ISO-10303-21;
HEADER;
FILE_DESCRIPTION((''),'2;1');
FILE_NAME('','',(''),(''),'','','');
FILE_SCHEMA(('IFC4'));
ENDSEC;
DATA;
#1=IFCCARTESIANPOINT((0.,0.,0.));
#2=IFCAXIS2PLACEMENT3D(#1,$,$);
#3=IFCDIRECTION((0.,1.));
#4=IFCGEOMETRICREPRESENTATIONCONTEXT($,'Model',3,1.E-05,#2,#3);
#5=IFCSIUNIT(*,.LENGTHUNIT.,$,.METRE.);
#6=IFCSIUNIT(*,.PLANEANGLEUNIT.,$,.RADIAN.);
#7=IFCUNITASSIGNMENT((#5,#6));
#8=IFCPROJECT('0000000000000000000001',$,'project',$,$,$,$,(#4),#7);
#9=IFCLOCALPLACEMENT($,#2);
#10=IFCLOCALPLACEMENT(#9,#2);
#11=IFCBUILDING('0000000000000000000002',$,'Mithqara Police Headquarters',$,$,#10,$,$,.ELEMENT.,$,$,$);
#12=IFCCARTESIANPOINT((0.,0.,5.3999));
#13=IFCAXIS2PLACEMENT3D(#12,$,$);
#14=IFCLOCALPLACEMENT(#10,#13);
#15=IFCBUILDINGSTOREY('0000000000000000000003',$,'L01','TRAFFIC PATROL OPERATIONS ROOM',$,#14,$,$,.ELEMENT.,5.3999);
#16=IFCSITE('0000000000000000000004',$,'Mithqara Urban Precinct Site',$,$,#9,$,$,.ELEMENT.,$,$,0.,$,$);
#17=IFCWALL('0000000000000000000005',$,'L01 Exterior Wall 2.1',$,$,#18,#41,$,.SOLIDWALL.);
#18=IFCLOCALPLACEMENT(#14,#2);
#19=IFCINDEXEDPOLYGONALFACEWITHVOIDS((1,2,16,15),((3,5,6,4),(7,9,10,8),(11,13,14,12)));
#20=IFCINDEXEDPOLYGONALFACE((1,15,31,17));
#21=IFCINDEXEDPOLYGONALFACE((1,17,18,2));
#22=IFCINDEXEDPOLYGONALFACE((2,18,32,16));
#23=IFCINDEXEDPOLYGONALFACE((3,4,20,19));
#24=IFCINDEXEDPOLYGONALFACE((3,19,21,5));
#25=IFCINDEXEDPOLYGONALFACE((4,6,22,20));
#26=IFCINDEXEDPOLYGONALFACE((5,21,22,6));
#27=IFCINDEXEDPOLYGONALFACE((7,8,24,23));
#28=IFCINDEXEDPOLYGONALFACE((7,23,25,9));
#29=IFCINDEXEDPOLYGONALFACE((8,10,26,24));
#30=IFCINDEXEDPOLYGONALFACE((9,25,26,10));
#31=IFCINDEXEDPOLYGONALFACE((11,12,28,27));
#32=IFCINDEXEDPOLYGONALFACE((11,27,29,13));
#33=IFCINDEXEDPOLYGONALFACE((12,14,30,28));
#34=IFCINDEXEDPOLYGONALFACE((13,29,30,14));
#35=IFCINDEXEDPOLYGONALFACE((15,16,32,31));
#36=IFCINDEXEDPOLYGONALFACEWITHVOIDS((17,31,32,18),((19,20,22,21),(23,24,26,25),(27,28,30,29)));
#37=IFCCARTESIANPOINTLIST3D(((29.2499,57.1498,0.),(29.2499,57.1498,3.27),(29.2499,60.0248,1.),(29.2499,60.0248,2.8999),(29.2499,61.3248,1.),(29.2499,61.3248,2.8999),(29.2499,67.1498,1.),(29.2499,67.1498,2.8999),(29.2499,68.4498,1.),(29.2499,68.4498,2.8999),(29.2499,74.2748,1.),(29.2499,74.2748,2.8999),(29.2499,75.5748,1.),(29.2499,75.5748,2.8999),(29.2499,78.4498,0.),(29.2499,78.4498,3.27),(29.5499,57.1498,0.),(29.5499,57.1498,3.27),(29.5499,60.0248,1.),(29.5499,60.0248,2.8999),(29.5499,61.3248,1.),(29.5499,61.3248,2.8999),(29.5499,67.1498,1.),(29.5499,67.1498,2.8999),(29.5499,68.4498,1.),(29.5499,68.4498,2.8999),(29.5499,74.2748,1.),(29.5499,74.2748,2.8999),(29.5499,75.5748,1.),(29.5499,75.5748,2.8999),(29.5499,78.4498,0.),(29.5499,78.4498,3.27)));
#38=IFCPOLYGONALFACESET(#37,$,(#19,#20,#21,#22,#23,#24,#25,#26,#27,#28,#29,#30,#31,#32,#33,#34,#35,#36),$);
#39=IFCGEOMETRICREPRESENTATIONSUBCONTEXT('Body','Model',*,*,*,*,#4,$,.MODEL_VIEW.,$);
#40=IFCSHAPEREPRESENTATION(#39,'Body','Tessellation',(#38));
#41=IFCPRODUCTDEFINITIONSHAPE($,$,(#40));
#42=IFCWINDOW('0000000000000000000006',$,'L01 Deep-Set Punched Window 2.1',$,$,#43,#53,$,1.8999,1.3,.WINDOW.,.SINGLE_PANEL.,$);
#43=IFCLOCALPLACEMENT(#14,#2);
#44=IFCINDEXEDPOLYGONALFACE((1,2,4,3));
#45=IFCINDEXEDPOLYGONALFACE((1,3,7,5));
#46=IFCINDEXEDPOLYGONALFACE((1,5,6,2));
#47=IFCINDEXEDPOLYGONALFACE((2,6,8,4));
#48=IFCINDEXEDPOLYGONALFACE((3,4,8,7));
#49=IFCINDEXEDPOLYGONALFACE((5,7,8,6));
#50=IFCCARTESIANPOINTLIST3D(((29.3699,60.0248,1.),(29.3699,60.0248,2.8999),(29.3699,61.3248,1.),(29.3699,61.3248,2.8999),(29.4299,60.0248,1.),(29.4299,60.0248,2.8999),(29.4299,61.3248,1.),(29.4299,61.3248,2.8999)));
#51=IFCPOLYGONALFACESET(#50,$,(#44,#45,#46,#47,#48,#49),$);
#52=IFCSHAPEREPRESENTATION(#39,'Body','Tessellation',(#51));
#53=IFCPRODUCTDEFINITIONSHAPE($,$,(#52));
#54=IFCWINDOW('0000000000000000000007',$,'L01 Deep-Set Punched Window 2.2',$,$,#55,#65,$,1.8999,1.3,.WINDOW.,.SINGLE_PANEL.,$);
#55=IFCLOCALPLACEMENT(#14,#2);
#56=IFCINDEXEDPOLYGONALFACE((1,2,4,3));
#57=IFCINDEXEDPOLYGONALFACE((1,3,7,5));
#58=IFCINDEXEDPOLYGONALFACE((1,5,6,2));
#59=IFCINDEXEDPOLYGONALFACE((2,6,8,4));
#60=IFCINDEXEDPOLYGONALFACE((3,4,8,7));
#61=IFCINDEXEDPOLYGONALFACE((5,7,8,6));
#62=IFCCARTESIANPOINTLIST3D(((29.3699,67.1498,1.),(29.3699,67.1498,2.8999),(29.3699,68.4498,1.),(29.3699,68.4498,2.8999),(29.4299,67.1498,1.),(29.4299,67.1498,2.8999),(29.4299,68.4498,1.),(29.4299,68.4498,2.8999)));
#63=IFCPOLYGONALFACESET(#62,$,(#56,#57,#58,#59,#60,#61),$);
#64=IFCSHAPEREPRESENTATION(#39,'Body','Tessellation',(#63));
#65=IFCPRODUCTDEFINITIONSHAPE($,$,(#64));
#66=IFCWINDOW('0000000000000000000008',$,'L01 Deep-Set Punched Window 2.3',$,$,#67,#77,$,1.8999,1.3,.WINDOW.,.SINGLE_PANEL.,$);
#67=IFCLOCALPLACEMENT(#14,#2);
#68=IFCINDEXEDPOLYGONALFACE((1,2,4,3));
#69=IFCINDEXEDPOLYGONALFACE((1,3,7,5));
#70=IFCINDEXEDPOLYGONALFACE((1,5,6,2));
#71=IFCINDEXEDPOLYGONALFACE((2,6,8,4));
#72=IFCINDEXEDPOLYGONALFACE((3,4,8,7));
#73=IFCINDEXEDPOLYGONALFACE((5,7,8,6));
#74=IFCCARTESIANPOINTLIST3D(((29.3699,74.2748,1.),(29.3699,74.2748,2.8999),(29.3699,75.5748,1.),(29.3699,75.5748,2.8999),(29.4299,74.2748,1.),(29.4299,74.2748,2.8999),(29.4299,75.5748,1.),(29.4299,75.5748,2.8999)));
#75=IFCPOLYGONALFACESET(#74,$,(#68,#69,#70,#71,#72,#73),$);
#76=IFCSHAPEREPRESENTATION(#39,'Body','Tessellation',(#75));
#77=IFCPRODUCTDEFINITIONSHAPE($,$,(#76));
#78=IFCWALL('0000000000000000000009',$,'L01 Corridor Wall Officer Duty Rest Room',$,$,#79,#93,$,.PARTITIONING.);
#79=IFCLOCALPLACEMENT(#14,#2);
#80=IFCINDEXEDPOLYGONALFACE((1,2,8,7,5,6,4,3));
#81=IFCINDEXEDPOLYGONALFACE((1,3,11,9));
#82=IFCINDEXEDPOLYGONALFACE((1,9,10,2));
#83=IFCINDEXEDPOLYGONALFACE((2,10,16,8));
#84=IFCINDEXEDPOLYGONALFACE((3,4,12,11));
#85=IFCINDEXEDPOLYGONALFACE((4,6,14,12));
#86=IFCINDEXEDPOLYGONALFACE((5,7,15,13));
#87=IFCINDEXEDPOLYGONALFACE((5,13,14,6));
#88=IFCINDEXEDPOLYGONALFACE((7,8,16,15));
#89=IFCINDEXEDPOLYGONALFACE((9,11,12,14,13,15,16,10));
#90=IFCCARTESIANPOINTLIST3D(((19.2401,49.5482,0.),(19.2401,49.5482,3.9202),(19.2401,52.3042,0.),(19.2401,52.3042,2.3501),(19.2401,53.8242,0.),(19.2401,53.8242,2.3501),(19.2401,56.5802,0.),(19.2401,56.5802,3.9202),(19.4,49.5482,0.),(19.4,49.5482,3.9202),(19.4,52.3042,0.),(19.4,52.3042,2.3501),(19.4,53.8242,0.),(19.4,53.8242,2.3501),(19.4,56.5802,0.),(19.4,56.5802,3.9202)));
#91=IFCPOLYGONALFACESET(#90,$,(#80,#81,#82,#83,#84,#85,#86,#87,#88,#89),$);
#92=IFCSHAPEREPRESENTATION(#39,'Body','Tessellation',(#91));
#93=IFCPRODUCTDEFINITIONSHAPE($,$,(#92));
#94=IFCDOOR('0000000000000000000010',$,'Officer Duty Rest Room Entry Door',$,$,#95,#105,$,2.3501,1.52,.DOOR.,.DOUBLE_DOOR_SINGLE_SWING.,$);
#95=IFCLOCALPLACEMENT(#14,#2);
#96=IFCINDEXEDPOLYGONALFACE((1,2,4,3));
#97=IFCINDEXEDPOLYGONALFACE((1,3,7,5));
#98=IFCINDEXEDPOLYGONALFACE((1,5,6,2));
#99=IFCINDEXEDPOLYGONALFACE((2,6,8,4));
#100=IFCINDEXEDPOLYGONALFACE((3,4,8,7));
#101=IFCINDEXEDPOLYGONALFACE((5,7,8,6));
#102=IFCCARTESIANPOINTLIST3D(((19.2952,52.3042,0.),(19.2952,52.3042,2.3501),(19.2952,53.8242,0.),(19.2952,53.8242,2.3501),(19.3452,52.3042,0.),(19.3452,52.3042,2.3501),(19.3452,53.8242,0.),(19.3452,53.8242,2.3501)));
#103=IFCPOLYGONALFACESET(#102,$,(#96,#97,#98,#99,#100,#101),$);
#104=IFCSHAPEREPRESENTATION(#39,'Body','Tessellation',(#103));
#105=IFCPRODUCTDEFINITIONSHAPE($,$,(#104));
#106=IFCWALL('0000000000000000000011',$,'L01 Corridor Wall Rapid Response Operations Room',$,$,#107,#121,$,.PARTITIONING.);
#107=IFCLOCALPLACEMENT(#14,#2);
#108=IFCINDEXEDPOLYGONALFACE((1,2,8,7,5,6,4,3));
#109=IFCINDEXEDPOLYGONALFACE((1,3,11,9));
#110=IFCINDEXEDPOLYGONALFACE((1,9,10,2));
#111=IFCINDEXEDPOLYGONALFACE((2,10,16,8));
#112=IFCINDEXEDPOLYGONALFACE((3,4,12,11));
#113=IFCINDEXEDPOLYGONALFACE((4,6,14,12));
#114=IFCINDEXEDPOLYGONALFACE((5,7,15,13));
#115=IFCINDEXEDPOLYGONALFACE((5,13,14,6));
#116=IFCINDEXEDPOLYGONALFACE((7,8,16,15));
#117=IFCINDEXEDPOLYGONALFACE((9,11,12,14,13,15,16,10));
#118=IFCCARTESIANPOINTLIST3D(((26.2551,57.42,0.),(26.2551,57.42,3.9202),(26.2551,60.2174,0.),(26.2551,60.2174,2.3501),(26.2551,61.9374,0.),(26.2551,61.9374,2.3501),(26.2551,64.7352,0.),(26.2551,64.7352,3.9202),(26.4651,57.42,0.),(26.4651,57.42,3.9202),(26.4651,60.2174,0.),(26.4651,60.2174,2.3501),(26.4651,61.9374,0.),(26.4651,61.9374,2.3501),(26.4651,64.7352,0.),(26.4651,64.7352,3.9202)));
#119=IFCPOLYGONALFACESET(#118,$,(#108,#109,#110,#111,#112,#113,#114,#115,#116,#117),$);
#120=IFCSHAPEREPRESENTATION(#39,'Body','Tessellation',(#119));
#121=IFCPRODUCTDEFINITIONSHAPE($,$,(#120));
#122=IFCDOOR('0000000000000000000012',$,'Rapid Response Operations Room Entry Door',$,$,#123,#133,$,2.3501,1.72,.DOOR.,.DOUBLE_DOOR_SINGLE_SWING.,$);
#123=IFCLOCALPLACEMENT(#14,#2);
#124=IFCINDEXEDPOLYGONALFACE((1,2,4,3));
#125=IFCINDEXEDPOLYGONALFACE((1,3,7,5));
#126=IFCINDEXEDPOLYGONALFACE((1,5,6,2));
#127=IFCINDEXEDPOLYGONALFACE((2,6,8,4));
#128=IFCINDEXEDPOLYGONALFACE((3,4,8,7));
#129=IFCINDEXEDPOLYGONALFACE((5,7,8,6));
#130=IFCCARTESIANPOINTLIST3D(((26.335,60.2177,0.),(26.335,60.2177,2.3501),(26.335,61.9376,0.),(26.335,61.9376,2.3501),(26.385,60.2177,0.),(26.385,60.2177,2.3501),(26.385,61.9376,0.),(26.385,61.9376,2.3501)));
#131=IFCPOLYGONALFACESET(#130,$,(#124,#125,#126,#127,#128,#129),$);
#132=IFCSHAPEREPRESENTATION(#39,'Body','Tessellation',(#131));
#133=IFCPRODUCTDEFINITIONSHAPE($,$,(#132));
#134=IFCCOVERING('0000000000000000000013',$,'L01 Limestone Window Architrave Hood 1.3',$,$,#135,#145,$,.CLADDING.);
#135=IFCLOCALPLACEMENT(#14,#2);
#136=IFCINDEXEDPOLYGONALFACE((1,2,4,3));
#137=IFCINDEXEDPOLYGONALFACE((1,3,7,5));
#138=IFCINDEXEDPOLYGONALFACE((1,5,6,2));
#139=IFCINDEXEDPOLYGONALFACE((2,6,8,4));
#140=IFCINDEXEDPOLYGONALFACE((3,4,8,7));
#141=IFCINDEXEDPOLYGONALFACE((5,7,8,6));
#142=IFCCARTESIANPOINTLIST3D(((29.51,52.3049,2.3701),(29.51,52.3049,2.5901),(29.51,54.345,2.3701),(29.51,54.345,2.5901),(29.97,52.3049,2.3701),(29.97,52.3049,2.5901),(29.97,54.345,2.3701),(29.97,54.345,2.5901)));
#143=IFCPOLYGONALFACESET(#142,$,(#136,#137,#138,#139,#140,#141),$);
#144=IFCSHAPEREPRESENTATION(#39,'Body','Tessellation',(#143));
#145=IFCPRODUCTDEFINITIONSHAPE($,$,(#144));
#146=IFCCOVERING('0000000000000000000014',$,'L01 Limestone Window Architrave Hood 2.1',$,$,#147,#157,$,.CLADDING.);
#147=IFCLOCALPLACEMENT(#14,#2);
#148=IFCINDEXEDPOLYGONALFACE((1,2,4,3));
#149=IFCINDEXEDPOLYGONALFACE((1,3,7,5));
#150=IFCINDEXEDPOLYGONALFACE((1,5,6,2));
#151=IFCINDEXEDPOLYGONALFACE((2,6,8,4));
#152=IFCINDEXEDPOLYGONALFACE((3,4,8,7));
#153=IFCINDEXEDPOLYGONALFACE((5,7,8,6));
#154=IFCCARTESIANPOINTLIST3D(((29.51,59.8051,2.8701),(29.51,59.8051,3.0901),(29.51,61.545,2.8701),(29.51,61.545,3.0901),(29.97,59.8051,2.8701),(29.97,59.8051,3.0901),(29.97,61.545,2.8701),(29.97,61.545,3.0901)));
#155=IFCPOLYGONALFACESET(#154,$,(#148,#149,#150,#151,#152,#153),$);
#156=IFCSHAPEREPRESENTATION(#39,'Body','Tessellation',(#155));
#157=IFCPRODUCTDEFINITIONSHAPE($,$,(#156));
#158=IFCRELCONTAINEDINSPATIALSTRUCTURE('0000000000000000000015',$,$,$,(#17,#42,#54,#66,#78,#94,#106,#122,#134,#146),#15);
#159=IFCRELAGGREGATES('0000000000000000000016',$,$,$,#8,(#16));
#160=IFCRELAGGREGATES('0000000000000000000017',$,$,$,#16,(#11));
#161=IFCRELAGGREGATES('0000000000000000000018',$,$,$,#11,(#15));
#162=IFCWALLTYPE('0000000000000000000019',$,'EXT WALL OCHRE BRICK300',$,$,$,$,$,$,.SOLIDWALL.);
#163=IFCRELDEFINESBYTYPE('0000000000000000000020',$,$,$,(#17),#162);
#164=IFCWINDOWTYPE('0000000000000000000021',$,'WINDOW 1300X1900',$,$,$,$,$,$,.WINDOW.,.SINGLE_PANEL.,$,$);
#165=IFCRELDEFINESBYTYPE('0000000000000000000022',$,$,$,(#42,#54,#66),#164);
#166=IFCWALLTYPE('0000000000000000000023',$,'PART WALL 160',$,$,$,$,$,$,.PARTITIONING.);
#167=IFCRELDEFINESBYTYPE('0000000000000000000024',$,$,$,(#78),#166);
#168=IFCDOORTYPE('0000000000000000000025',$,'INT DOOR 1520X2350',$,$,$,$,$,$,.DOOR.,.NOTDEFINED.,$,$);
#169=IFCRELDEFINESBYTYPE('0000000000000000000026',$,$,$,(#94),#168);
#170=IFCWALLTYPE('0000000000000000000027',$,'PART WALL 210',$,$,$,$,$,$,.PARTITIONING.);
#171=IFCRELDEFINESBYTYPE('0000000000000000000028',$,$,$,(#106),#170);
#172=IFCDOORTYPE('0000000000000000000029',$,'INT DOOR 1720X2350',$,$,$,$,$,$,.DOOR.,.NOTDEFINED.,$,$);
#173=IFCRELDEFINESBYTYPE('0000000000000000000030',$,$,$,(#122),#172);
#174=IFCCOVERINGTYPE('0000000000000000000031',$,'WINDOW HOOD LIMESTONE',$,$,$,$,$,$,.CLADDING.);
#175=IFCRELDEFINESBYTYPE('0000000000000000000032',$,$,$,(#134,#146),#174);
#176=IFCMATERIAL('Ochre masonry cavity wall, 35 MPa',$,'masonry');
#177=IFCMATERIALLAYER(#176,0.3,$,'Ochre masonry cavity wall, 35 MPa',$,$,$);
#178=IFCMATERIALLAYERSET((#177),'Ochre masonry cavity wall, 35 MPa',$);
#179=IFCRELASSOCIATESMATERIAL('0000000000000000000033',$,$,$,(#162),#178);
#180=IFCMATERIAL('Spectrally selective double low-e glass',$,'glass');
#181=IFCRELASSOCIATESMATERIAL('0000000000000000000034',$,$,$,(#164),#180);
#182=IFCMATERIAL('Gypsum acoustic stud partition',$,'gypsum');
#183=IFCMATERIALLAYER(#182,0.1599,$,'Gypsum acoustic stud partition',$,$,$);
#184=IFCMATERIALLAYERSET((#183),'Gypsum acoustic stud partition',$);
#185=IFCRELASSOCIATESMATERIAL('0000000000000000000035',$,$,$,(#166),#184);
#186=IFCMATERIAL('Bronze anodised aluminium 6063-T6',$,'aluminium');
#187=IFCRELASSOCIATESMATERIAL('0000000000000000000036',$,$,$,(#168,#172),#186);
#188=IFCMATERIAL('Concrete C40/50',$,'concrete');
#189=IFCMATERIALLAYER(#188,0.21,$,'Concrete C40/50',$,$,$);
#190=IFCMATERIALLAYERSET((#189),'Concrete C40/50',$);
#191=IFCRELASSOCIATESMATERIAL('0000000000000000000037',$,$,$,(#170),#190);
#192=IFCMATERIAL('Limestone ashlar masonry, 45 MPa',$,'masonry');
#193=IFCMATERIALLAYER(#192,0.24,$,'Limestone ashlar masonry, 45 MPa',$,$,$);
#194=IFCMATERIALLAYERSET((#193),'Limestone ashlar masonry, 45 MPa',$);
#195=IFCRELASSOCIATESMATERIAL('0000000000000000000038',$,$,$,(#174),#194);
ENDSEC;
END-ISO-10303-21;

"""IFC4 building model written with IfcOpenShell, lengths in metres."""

from ifc_helpers import new_model, si_unit, direction, frame, frame_2d, origin, origin_2d, place, context, subcontext, project, spatial, rectangle, extrude, material, layer, layer_set, type_object, element, fill, save


model = new_model("IFC4")

# Units and contexts
model_context = context("Model", 3, precision=1e-05, world=origin(), true_north=direction((0.0, 1.0)))
body_context = subcontext(model_context, "Body", "Model", "MODEL_VIEW")
ifc_project = project(units=[si_unit("LENGTHUNIT", "METRE"), si_unit("PLANEANGLEUNIT", "RADIAN")], contexts=[model_context])

# Site, building, storey
site_placement = place(None, origin())
site = spatial("IfcSite", under=ifc_project, at=site_placement, Name="Mithqara Urban Precinct Site", CompositionType="ELEMENT", RefElevation=0.0)
building_placement = place(site_placement, origin())
building = spatial("IfcBuilding", under=site, at=building_placement, Name="Mithqara Police Headquarters", CompositionType="ELEMENT")
storey_placement = place(building_placement, frame((0.0, 0.0, 5.3999)))
storey = spatial("IfcBuildingStorey", under=building, at=storey_placement, Name="L01", Description="TRAFFIC PATROL OPERATIONS ROOM", CompositionType="ELEMENT", Elevation=5.3999)

# Shared definitions
ifc_material_1 = material(Name="Concrete C40/50", Category="concrete")

# Wall, openings, windows
ifc_material_2 = material(Name="Ochre masonry cavity wall, 35 MPa", Category="masonry")
ifc_layer_1 = layer(ifc_material_2, 0.3, Name="Ochre masonry cavity wall, 35 MPa")
ifc_layer_set_1 = layer_set([ifc_layer_1], Name="Ochre masonry cavity wall, 35 MPa")
wall_type_1 = type_object("IfcWallType", Name="EXT WALL OCHRE BRICK300", PredefinedType="SOLIDWALL", material=ifc_layer_set_1)
wall_1_placement = place(storey_placement, frame((29.3999, 57.1499, 0.0), z_axis=(0.0, 0.0, 1.0), x_axis=(0.0, 1.0, 0.0)))
wall_1 = element("IfcWall", 1, at=wall_1_placement, inside=storey, type_object=wall_type_1, Name="L01 Exterior Wall 2.1", PredefinedType="SOLIDWALL", context=body_context, shape_type="SweptSolid", body=[
    extrude(rectangle(XDim=21.3, YDim=0.3, at=frame_2d((10.6499, 0.0))), origin(), (0.0, 0.0, 1.0), 3.27),
])
opening_1_placement = place(wall_1_placement, frame((2.875, 0.0, 1.0)))
opening_1 = element("IfcOpeningElement", 2, at=opening_1_placement, cuts=wall_1, PredefinedType="OPENING", context=body_context, shape_type="SweptSolid", body=[
    extrude(rectangle(XDim=1.3, YDim=1.8999, at=frame_2d((0.6499, 0.95))), frame((0.0, 0.1602, 0.0), z_axis=(0.0, -1.0, 0.0), x_axis=(1.0, 0.0, 0.0)), (0.0, 0.0, 1.0), 0.3201),
])
opening_2_placement = place(wall_1_placement, frame((10.0, 0.0, 1.0)))
opening_2 = element("IfcOpeningElement", 3, at=opening_2_placement, cuts=wall_1, PredefinedType="OPENING", context=body_context, shape_type="SweptSolid", body=[
    extrude(rectangle(XDim=1.3, YDim=1.8999, at=frame_2d((0.6499, 0.95))), frame((0.0, 0.1602, 0.0), z_axis=(0.0, -1.0, 0.0), x_axis=(1.0, 0.0, 0.0)), (0.0, 0.0, 1.0), 0.3201),
])
opening_3_placement = place(wall_1_placement, frame((17.125, 0.0, 1.0)))
opening_3 = element("IfcOpeningElement", 4, at=opening_3_placement, cuts=wall_1, PredefinedType="OPENING", context=body_context, shape_type="SweptSolid", body=[
    extrude(rectangle(XDim=1.3, YDim=1.8999, at=frame_2d((0.6499, 0.95))), frame((0.0, 0.1602, 0.0), z_axis=(0.0, -1.0, 0.0), x_axis=(1.0, 0.0, 0.0)), (0.0, 0.0, 1.0), 0.3201),
])
ifc_material_3 = material(Name="Spectrally selective double low-e glass", Category="glass")
window_type = type_object("IfcWindowType", Name="WINDOW 1300X1900", PartitioningType="SINGLE_PANEL", PredefinedType="WINDOW", material=ifc_material_3)
window_1_placement = place(opening_1_placement, origin())
window_1 = element("IfcWindow", 5, at=window_1_placement, inside=storey, type_object=window_type, Name="L01 Deep-Set Punched Window 2.1", OverallHeight=1.8999, OverallWidth=1.3, PartitioningType="SINGLE_PANEL", PredefinedType="WINDOW", context=body_context, shape_type="SweptSolid", body=[
    extrude(rectangle(XDim=1.3, YDim=1.8999, at=frame_2d((0.6499, 0.95))), frame((0.0, 0.03, 0.0), z_axis=(0.0, -1.0, 0.0), x_axis=(1.0, 0.0, 0.0)), (0.0, 0.0, 1.0), 0.0601),
])
fill(opening_1, window_1)
window_2_placement = place(opening_2_placement, origin())
window_2 = element("IfcWindow", 6, at=window_2_placement, inside=storey, type_object=window_type, Name="L01 Deep-Set Punched Window 2.2", OverallHeight=1.8999, OverallWidth=1.3, PartitioningType="SINGLE_PANEL", PredefinedType="WINDOW", context=body_context, shape_type="SweptSolid", body=[
    extrude(rectangle(XDim=1.3, YDim=1.8999, at=frame_2d((0.6499, 0.95))), frame((0.0, 0.03, 0.0), z_axis=(0.0, -1.0, 0.0), x_axis=(1.0, 0.0, 0.0)), (0.0, 0.0, 1.0), 0.0601),
])
fill(opening_2, window_2)
window_3_placement = place(opening_3_placement, origin())
window_3 = element("IfcWindow", 7, at=window_3_placement, inside=storey, type_object=window_type, Name="L01 Deep-Set Punched Window 2.3", OverallHeight=1.8999, OverallWidth=1.3, PartitioningType="SINGLE_PANEL", PredefinedType="WINDOW", context=body_context, shape_type="SweptSolid", body=[
    extrude(rectangle(XDim=1.3, YDim=1.8999, at=frame_2d((0.6499, 0.95))), frame((0.0, 0.03, 0.0), z_axis=(0.0, -1.0, 0.0), x_axis=(1.0, 0.0, 0.0)), (0.0, 0.0, 1.0), 0.0601),
])
fill(opening_3, window_3)

# Walls, openings, doors
ifc_material_4 = material(Name="Gypsum acoustic stud partition", Category="gypsum")
ifc_layer_2 = layer(ifc_material_4, 0.1599, Name="Gypsum acoustic stud partition")
ifc_layer_set_2 = layer_set([ifc_layer_2], Name="Gypsum acoustic stud partition")
wall_type_2 = type_object("IfcWallType", Name="PART WALL 160", PredefinedType="PARTITIONING", material=ifc_layer_set_2)
wall_2_placement = place(storey_placement, frame((19.3201, 49.5481, 0.0), z_axis=(0.0, 0.0, 1.0), x_axis=(0.0, 1.0, 0.0)))
wall_2 = element("IfcWall", 8, at=wall_2_placement, inside=storey, type_object=wall_type_2, Name="L01 Corridor Wall Officer Duty Rest Room", PredefinedType="PARTITIONING", context=body_context, shape_type="SweptSolid", body=[
    extrude(rectangle(XDim=7.032, YDim=0.1599, at=frame_2d((3.5161, 0.0))), origin(), (0.0, 0.0, 1.0), 3.9202),
])
opening_4_placement = place(wall_2_placement, frame((2.7561, 0.0, 0.0)))
opening_4 = element("IfcOpeningElement", 9, at=opening_4_placement, cuts=wall_2, PredefinedType="OPENING", context=body_context, shape_type="SweptSolid", body=[
    extrude(rectangle(XDim=1.52, YDim=2.3501, at=frame_2d((0.76, 1.175))), frame((0.0, 0.0898, 0.0), z_axis=(0.0, -1.0, 0.0), x_axis=(1.0, 0.0, 0.0)), (0.0, 0.0, 1.0), 0.1799),
])
ifc_material_5 = material(Name="Bronze anodised aluminium 6063-T6", Category="aluminium")
door_type_1 = type_object("IfcDoorType", Name="INT DOOR 1520X2350", OperationType="NOTDEFINED", PredefinedType="DOOR", material=ifc_material_5)
door_1_placement = place(opening_4_placement, origin())
door_1 = element("IfcDoor", 10, at=door_1_placement, inside=storey, type_object=door_type_1, Name="Officer Duty Rest Room Entry Door", OperationType="DOUBLE_DOOR_SINGLE_SWING", OverallHeight=2.3501, OverallWidth=1.52, PredefinedType="DOOR", context=body_context, shape_type="SweptSolid", body=[
    extrude(rectangle(XDim=1.52, YDim=2.3501, at=frame_2d((0.76, 1.175))), frame((0.0, 0.0249, 0.0), z_axis=(0.0, -1.0, 0.0), x_axis=(1.0, 0.0, 0.0)), (0.0, 0.0, 1.0), 0.05),
])
fill(opening_4, door_1)
ifc_layer_3 = layer(ifc_material_1, 0.21, Name="Concrete C40/50")
ifc_layer_set_3 = layer_set([ifc_layer_3], Name="Concrete C40/50")
wall_type_3 = type_object("IfcWallType", Name="PART WALL 210", PredefinedType="PARTITIONING", material=ifc_layer_set_3)
wall_3_placement = place(storey_placement, frame((26.3601, 57.4199, 0.0), z_axis=(0.0, 0.0, 1.0), x_axis=(0.0, 1.0, 0.0)))
wall_3 = element("IfcWall", 11, at=wall_3_placement, inside=storey, type_object=wall_type_3, Name="L01 Corridor Wall Rapid Response Operations Room", PredefinedType="PARTITIONING", context=body_context, shape_type="SweptSolid", body=[
    extrude(rectangle(XDim=7.3152, YDim=0.21, at=frame_2d((3.6577, 0.0))), origin(), (0.0, 0.0, 1.0), 3.9202),
])
opening_5_placement = place(wall_3_placement, frame((2.7976, 0.0, 0.0)))
opening_5 = element("IfcOpeningElement", 12, at=opening_5_placement, cuts=wall_3, PredefinedType="OPENING", context=body_context, shape_type="SweptSolid", body=[
    extrude(rectangle(XDim=1.72, YDim=2.3501, at=frame_2d((0.8599, 1.175))), frame((0.0, 0.115, 0.0), z_axis=(0.0, -1.0, 0.0), x_axis=(1.0, 0.0, 0.0)), (0.0, 0.0, 1.0), 0.23),
])
door_type_2 = type_object("IfcDoorType", Name="INT DOOR 1720X2350", OperationType="NOTDEFINED", PredefinedType="DOOR", material=ifc_material_5)
door_2_placement = place(opening_5_placement, frame((1.72, 0.0, 0.0), z_axis=(0.0, 0.0, 1.0), x_axis=(-1.0, 0.0, 0.0)))
door_2 = element("IfcDoor", 13, at=door_2_placement, inside=storey, type_object=door_type_2, Name="Rapid Response Operations Room Entry Door", OperationType="DOUBLE_DOOR_SINGLE_SWING", OverallHeight=2.3501, OverallWidth=1.72, PredefinedType="DOOR", context=body_context, shape_type="SweptSolid", body=[
    extrude(rectangle(XDim=1.72, YDim=2.3501, at=frame_2d((0.8599, 1.175))), frame((0.0, 0.0249, 0.0), z_axis=(0.0, -1.0, 0.0), x_axis=(1.0, 0.0, 0.0)), (0.0, 0.0, 1.0), 0.05),
])
fill(opening_5, door_2)

# Coverings
ifc_material_6 = material(Name="Limestone ashlar masonry, 45 MPa", Category="masonry")
ifc_layer_4 = layer(ifc_material_6, 0.24, Name="Limestone ashlar masonry, 45 MPa")
ifc_layer_set_4 = layer_set([ifc_layer_4], Name="Limestone ashlar masonry, 45 MPa")
covering_type = type_object("IfcCoveringType", Name="WINDOW HOOD LIMESTONE", PredefinedType="CLADDING", material=ifc_layer_set_4)
covering_1_placement = place(storey_placement, frame((29.74, 53.325, 2.3701), z_axis=(0.0, 0.0, 1.0), x_axis=(0.0, 1.0, 0.0)))
element("IfcCovering", 14, at=covering_1_placement, inside=storey, type_object=covering_type, Name="L01 Limestone Window Architrave Hood 1.3", PredefinedType="CLADDING", context=body_context, shape_type="SweptSolid", body=[
    extrude(rectangle(XDim=2.04, YDim=0.46, at=origin_2d()), origin(), (0.0, 0.0, 1.0), 0.22),
])
covering_2_placement = place(storey_placement, frame((29.74, 60.675, 2.8701), z_axis=(0.0, 0.0, 1.0), x_axis=(0.0, 1.0, 0.0)))
element("IfcCovering", 15, at=covering_2_placement, inside=storey, type_object=covering_type, Name="L01 Limestone Window Architrave Hood 2.1", PredefinedType="CLADDING", context=body_context, shape_type="SweptSolid", body=[
    extrude(rectangle(XDim=1.74, YDim=0.46, at=origin_2d()), origin(), (0.0, 0.0, 1.0), 0.22),
])

save(model, "model.ifc")
